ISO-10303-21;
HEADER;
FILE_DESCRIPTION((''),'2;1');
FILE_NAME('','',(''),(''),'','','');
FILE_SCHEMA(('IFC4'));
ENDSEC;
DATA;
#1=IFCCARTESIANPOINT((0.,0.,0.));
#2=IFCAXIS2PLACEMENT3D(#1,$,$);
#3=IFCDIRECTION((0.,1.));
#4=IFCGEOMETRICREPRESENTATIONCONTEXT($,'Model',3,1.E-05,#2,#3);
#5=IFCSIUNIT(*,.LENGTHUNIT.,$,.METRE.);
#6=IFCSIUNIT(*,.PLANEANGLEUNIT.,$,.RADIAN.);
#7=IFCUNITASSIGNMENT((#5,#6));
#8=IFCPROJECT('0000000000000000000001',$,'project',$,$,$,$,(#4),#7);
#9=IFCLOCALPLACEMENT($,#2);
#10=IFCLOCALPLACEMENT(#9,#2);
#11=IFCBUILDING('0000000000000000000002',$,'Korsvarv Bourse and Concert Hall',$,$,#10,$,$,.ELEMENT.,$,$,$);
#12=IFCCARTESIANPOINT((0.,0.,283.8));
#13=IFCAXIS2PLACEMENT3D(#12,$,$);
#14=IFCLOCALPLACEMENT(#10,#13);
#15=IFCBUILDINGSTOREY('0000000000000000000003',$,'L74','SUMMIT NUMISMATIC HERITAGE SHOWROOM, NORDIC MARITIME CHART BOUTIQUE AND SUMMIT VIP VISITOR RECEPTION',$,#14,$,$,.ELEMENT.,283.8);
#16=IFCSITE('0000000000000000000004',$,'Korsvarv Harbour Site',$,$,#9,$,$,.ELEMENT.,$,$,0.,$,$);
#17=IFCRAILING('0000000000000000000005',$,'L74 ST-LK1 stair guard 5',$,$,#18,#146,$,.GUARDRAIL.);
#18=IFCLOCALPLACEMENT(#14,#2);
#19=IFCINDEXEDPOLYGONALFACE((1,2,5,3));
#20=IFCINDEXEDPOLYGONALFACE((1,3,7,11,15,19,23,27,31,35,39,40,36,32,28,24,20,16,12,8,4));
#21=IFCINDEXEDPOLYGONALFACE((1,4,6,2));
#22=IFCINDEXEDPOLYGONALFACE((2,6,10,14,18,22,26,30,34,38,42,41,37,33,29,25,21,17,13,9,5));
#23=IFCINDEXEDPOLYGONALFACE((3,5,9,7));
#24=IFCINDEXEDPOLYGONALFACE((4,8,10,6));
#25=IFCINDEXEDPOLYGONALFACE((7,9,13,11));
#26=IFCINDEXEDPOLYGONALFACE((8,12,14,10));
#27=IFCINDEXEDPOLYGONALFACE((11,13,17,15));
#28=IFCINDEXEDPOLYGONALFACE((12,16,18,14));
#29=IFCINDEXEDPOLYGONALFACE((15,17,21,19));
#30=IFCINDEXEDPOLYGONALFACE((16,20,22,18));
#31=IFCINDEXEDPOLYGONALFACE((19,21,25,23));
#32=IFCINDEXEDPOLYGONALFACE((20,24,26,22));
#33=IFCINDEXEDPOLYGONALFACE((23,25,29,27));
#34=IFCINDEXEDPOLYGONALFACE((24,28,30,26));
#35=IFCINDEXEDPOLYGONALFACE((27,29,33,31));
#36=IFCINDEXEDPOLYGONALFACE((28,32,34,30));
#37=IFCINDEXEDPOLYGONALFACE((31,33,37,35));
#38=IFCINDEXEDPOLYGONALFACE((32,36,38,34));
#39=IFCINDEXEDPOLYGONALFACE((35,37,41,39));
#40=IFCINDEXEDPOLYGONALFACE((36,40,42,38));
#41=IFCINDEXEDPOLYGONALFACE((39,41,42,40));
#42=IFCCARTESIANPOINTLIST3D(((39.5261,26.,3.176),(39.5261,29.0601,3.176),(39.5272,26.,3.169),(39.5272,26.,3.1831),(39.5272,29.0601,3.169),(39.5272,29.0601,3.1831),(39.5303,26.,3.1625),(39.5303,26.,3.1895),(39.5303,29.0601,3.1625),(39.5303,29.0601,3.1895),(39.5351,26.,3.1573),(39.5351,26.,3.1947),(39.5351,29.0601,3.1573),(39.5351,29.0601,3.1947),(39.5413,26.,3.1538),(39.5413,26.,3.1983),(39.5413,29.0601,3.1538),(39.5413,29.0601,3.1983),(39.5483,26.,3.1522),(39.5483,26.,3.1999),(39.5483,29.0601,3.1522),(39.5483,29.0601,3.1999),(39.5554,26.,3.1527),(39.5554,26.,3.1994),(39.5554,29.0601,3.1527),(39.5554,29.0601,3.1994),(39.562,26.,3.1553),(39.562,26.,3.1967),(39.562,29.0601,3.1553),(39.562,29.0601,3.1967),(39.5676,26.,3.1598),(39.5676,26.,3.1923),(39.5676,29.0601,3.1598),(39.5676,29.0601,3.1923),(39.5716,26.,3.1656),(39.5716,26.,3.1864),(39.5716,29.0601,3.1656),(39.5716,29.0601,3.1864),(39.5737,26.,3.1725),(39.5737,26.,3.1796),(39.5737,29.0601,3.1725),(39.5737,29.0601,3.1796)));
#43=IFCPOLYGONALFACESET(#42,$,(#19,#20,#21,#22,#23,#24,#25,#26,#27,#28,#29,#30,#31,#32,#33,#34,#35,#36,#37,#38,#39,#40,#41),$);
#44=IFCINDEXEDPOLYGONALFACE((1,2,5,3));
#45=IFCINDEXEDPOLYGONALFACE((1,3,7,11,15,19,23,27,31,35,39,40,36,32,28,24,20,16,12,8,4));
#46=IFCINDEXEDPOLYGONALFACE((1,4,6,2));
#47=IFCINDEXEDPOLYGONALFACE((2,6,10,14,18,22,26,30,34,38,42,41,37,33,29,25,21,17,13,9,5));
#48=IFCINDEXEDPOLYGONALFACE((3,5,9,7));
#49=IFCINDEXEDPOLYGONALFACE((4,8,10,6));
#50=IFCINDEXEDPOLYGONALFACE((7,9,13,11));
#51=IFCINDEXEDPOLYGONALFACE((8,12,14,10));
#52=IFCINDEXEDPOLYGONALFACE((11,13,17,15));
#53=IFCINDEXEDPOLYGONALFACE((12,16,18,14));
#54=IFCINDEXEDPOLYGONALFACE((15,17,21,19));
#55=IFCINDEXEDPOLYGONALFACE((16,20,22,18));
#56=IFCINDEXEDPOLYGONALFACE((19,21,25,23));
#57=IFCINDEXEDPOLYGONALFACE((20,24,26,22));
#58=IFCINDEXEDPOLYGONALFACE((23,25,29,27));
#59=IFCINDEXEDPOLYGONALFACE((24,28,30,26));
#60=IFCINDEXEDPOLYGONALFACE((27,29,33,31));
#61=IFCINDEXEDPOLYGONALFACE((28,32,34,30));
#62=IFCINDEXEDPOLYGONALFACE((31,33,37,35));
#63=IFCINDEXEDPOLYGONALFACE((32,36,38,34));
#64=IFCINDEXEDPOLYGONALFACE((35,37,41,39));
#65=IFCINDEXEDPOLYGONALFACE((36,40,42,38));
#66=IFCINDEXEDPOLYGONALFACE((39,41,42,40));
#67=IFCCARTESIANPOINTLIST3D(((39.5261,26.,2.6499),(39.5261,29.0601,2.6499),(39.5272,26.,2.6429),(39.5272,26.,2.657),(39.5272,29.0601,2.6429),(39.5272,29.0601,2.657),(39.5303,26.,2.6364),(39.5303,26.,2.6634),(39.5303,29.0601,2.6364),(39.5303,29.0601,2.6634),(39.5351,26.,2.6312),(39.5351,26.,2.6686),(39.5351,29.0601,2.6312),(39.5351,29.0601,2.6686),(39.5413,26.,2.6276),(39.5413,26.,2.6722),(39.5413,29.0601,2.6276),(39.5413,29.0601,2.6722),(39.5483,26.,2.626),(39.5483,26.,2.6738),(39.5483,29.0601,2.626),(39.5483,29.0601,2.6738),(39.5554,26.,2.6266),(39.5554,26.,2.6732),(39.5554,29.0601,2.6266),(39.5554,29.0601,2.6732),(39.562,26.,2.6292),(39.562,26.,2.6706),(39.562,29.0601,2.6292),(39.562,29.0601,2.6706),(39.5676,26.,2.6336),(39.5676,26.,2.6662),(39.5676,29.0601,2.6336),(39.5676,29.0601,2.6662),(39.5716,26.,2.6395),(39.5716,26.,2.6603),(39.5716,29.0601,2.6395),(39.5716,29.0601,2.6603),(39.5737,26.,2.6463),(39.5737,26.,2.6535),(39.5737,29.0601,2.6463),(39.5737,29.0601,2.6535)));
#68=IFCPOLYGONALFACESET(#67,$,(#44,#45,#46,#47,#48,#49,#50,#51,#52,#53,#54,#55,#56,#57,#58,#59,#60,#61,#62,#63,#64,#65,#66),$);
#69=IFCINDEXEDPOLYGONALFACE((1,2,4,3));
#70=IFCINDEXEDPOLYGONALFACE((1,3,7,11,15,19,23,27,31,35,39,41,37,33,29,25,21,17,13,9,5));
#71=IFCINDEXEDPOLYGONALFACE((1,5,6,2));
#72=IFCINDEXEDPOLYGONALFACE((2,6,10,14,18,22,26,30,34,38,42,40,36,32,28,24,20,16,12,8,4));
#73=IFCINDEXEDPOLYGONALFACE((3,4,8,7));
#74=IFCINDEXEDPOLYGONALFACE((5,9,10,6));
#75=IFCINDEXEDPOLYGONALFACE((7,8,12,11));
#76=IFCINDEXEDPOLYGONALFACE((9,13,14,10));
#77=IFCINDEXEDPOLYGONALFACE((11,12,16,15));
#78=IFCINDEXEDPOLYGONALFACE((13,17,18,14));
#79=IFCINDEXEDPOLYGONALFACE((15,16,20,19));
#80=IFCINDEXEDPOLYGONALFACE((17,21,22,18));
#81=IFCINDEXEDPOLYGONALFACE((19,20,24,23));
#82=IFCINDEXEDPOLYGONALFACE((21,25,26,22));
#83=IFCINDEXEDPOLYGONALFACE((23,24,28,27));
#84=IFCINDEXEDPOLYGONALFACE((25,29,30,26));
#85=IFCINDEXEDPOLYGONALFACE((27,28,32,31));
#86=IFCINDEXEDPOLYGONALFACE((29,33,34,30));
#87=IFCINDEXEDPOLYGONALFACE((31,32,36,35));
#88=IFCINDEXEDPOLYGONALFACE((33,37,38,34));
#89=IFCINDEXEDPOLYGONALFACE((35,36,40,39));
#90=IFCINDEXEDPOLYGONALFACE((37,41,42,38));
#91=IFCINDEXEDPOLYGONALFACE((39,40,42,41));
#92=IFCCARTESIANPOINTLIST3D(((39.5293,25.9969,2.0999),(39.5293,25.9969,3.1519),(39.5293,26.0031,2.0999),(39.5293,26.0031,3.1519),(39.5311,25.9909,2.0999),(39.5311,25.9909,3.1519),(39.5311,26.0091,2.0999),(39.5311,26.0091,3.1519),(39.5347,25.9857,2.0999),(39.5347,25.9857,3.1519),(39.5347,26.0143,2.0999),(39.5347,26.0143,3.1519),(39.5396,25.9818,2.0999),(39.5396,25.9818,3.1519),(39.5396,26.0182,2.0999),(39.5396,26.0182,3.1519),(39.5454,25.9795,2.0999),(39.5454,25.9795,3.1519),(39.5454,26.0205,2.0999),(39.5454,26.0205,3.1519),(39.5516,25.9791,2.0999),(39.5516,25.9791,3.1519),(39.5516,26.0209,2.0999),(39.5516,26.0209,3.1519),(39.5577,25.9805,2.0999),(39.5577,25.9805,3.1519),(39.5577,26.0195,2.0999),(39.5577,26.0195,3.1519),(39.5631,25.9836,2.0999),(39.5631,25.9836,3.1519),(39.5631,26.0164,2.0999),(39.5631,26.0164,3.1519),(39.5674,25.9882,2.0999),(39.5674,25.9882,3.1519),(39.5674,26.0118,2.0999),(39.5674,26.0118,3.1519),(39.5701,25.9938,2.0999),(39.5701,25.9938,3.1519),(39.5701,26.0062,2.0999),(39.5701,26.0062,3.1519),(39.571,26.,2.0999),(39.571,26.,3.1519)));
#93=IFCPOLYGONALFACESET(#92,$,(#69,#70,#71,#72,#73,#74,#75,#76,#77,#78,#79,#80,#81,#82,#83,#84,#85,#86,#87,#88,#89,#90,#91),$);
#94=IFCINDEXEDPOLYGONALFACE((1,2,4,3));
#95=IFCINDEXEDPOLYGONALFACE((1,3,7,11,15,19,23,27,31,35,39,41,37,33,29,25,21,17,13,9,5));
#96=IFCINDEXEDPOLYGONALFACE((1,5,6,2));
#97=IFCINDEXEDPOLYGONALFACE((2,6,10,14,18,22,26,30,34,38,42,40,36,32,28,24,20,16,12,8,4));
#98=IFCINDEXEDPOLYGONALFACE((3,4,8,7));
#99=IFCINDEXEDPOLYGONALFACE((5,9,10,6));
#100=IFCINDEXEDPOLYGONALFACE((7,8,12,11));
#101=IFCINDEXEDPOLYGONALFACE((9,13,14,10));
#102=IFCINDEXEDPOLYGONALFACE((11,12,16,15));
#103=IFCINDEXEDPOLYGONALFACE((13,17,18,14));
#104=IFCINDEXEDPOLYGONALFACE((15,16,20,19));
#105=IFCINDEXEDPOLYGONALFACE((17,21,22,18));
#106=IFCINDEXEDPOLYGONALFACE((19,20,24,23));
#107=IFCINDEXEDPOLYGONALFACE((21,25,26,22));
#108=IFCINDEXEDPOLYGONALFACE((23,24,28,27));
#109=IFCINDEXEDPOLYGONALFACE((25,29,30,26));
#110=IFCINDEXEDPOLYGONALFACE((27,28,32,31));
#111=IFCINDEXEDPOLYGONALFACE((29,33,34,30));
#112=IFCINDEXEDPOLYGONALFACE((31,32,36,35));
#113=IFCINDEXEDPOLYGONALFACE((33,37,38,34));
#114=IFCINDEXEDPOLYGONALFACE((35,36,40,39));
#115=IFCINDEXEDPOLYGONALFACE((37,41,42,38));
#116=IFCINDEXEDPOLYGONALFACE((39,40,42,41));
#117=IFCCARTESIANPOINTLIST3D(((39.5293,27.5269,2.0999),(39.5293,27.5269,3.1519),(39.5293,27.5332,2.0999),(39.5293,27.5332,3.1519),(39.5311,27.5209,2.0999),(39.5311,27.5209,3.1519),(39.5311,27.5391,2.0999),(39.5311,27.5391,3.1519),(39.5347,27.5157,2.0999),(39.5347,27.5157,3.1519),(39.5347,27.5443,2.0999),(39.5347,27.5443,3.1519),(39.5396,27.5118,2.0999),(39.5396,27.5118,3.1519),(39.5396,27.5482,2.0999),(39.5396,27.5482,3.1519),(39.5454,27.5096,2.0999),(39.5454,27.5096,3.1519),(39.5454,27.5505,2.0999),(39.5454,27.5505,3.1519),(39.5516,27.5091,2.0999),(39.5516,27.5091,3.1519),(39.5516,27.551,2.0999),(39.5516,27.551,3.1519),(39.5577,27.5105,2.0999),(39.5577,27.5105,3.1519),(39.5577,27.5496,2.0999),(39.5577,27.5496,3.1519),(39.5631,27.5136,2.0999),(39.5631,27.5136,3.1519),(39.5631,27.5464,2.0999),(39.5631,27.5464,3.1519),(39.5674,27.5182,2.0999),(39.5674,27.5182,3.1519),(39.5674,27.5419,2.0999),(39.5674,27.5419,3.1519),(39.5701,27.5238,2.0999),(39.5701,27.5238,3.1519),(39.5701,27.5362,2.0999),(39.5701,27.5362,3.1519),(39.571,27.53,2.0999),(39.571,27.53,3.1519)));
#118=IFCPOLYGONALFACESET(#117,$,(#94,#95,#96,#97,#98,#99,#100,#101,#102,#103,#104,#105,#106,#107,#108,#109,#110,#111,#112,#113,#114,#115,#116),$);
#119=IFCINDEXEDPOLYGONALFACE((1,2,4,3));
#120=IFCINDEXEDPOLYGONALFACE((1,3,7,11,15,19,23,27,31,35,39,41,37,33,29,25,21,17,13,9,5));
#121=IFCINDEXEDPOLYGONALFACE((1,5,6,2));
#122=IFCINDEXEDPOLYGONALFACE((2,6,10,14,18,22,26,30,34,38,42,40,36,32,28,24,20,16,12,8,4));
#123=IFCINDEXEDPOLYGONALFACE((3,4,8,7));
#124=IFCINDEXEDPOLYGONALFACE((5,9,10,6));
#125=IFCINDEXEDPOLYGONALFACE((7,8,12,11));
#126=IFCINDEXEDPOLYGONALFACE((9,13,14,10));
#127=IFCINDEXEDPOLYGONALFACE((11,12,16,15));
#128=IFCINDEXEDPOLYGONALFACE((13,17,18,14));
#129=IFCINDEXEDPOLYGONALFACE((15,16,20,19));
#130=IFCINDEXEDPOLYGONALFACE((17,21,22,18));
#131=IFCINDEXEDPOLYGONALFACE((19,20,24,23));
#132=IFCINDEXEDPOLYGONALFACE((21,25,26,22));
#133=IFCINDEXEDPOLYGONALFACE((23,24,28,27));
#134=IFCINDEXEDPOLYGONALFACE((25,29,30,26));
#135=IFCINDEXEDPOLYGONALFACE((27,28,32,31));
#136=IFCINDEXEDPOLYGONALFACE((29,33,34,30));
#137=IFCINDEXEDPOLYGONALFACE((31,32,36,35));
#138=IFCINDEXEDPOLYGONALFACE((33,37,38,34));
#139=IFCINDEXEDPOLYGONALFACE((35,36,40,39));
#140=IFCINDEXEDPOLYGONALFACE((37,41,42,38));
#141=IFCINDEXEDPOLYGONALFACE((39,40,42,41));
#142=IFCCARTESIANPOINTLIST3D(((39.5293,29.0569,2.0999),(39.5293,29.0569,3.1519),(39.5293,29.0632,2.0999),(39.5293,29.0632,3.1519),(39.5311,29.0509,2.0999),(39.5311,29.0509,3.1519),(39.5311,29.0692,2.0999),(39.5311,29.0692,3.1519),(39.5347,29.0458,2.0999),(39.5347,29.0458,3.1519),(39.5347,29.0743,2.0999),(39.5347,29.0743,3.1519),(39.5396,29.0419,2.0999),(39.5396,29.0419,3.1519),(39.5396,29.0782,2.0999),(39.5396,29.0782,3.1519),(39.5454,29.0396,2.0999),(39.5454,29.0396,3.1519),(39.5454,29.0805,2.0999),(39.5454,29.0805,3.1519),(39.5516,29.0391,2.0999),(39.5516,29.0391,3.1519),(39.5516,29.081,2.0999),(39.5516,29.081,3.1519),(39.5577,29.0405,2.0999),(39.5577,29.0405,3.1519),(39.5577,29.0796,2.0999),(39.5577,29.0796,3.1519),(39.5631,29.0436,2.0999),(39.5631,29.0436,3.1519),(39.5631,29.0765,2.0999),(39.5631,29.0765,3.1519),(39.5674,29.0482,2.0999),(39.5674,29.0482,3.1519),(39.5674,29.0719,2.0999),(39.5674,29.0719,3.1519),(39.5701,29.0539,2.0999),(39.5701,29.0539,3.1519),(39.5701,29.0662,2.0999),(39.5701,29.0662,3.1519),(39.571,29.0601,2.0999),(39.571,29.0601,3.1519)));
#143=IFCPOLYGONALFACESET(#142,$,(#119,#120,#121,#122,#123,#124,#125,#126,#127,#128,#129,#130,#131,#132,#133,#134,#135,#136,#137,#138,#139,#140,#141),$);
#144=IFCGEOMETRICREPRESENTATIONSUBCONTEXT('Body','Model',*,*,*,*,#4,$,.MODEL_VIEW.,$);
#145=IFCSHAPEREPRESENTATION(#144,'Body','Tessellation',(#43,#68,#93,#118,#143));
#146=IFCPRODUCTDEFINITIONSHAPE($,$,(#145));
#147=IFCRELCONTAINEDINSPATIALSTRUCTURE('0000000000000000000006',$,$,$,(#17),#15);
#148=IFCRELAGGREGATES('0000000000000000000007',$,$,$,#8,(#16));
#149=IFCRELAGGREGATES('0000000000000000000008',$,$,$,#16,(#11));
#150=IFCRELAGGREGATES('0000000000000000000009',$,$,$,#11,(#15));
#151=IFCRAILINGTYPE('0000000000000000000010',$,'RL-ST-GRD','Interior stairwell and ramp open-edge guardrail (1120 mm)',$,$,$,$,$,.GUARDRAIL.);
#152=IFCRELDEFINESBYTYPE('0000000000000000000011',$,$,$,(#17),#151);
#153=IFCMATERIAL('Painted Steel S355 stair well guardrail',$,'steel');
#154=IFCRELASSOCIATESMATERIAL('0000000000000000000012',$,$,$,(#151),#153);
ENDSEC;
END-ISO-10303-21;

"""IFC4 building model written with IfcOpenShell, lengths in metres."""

from ifc_helpers import new_model, si_unit, direction, frame, origin, origin_2d, place, context, subcontext, project, spatial, circle, extrude, material, type_object, element, save


model = new_model("IFC4")

# Units and contexts
model_context = context("Model", 3, precision=1e-05, world=origin(), true_north=direction((0.0, 1.0)))
body_context = subcontext(model_context, "Body", "Model", "MODEL_VIEW")
ifc_project = project(units=[si_unit("LENGTHUNIT", "METRE"), si_unit("PLANEANGLEUNIT", "RADIAN")], contexts=[model_context])

# Site, building, storey
site_placement = place(None, origin())
site = spatial("IfcSite", under=ifc_project, at=site_placement, Name="Korsvarv Harbour Site", CompositionType="ELEMENT", RefElevation=0.0)
building_placement = place(site_placement, origin())
building = spatial("IfcBuilding", under=site, at=building_placement, Name="Korsvarv Bourse and Concert Hall", CompositionType="ELEMENT")
storey_placement = place(building_placement, frame((0.0, 0.0, 283.8)))
storey = spatial("IfcBuildingStorey", under=building, at=storey_placement, Name="L74", Description="SUMMIT NUMISMATIC HERITAGE SHOWROOM, NORDIC MARITIME CHART BOUTIQUE AND SUMMIT VIP VISITOR RECEPTION", CompositionType="ELEMENT", Elevation=283.8)

# Railing
ifc_material_1 = material(Name="Painted Steel S355 stair well guardrail", Category="steel")
railing_type_1 = type_object("IfcRailingType", Name="RL-ST-GRD", Description="Interior stairwell and ramp open-edge guardrail (1120 mm)", PredefinedType="GUARDRAIL", material=ifc_material_1)
railing_1_placement = place(storey_placement, frame((39.55, 26.0, 2.0999)))
element("IfcRailing", 1, at=railing_1_placement, inside=storey, type_object=railing_type_1, Name="L74 ST-LK1 stair guard 5", PredefinedType="GUARDRAIL", context=body_context, shape_type="SweptSolid", body=[
    extrude(circle(Radius=0.0239, at=origin_2d()), frame((0.0, 0.0, 1.0762), z_axis=(0.0, 1.0, 0.0), x_axis=(-1.0, 0.0, 0.0)), (0.0, 0.0, 1.0), 3.0601),
    extrude(circle(Radius=0.0239, at=origin_2d()), frame((0.0, 0.0, 0.55), z_axis=(0.0, 1.0, 0.0), x_axis=(-1.0, 0.0, 0.0)), (0.0, 0.0, 1.0), 3.0601),
    extrude(circle(Radius=0.021, at=origin_2d()), origin(), (0.0, 0.0, 1.0), 1.052),
    extrude(circle(Radius=0.021, at=origin_2d()), frame((0.0, 1.53, 0.0)), (0.0, 0.0, 1.0), 1.052),
    extrude(circle(Radius=0.021, at=origin_2d()), frame((0.0, 3.0601, 0.0)), (0.0, 0.0, 1.0), 1.052),
])

save(model, "model.ifc")
